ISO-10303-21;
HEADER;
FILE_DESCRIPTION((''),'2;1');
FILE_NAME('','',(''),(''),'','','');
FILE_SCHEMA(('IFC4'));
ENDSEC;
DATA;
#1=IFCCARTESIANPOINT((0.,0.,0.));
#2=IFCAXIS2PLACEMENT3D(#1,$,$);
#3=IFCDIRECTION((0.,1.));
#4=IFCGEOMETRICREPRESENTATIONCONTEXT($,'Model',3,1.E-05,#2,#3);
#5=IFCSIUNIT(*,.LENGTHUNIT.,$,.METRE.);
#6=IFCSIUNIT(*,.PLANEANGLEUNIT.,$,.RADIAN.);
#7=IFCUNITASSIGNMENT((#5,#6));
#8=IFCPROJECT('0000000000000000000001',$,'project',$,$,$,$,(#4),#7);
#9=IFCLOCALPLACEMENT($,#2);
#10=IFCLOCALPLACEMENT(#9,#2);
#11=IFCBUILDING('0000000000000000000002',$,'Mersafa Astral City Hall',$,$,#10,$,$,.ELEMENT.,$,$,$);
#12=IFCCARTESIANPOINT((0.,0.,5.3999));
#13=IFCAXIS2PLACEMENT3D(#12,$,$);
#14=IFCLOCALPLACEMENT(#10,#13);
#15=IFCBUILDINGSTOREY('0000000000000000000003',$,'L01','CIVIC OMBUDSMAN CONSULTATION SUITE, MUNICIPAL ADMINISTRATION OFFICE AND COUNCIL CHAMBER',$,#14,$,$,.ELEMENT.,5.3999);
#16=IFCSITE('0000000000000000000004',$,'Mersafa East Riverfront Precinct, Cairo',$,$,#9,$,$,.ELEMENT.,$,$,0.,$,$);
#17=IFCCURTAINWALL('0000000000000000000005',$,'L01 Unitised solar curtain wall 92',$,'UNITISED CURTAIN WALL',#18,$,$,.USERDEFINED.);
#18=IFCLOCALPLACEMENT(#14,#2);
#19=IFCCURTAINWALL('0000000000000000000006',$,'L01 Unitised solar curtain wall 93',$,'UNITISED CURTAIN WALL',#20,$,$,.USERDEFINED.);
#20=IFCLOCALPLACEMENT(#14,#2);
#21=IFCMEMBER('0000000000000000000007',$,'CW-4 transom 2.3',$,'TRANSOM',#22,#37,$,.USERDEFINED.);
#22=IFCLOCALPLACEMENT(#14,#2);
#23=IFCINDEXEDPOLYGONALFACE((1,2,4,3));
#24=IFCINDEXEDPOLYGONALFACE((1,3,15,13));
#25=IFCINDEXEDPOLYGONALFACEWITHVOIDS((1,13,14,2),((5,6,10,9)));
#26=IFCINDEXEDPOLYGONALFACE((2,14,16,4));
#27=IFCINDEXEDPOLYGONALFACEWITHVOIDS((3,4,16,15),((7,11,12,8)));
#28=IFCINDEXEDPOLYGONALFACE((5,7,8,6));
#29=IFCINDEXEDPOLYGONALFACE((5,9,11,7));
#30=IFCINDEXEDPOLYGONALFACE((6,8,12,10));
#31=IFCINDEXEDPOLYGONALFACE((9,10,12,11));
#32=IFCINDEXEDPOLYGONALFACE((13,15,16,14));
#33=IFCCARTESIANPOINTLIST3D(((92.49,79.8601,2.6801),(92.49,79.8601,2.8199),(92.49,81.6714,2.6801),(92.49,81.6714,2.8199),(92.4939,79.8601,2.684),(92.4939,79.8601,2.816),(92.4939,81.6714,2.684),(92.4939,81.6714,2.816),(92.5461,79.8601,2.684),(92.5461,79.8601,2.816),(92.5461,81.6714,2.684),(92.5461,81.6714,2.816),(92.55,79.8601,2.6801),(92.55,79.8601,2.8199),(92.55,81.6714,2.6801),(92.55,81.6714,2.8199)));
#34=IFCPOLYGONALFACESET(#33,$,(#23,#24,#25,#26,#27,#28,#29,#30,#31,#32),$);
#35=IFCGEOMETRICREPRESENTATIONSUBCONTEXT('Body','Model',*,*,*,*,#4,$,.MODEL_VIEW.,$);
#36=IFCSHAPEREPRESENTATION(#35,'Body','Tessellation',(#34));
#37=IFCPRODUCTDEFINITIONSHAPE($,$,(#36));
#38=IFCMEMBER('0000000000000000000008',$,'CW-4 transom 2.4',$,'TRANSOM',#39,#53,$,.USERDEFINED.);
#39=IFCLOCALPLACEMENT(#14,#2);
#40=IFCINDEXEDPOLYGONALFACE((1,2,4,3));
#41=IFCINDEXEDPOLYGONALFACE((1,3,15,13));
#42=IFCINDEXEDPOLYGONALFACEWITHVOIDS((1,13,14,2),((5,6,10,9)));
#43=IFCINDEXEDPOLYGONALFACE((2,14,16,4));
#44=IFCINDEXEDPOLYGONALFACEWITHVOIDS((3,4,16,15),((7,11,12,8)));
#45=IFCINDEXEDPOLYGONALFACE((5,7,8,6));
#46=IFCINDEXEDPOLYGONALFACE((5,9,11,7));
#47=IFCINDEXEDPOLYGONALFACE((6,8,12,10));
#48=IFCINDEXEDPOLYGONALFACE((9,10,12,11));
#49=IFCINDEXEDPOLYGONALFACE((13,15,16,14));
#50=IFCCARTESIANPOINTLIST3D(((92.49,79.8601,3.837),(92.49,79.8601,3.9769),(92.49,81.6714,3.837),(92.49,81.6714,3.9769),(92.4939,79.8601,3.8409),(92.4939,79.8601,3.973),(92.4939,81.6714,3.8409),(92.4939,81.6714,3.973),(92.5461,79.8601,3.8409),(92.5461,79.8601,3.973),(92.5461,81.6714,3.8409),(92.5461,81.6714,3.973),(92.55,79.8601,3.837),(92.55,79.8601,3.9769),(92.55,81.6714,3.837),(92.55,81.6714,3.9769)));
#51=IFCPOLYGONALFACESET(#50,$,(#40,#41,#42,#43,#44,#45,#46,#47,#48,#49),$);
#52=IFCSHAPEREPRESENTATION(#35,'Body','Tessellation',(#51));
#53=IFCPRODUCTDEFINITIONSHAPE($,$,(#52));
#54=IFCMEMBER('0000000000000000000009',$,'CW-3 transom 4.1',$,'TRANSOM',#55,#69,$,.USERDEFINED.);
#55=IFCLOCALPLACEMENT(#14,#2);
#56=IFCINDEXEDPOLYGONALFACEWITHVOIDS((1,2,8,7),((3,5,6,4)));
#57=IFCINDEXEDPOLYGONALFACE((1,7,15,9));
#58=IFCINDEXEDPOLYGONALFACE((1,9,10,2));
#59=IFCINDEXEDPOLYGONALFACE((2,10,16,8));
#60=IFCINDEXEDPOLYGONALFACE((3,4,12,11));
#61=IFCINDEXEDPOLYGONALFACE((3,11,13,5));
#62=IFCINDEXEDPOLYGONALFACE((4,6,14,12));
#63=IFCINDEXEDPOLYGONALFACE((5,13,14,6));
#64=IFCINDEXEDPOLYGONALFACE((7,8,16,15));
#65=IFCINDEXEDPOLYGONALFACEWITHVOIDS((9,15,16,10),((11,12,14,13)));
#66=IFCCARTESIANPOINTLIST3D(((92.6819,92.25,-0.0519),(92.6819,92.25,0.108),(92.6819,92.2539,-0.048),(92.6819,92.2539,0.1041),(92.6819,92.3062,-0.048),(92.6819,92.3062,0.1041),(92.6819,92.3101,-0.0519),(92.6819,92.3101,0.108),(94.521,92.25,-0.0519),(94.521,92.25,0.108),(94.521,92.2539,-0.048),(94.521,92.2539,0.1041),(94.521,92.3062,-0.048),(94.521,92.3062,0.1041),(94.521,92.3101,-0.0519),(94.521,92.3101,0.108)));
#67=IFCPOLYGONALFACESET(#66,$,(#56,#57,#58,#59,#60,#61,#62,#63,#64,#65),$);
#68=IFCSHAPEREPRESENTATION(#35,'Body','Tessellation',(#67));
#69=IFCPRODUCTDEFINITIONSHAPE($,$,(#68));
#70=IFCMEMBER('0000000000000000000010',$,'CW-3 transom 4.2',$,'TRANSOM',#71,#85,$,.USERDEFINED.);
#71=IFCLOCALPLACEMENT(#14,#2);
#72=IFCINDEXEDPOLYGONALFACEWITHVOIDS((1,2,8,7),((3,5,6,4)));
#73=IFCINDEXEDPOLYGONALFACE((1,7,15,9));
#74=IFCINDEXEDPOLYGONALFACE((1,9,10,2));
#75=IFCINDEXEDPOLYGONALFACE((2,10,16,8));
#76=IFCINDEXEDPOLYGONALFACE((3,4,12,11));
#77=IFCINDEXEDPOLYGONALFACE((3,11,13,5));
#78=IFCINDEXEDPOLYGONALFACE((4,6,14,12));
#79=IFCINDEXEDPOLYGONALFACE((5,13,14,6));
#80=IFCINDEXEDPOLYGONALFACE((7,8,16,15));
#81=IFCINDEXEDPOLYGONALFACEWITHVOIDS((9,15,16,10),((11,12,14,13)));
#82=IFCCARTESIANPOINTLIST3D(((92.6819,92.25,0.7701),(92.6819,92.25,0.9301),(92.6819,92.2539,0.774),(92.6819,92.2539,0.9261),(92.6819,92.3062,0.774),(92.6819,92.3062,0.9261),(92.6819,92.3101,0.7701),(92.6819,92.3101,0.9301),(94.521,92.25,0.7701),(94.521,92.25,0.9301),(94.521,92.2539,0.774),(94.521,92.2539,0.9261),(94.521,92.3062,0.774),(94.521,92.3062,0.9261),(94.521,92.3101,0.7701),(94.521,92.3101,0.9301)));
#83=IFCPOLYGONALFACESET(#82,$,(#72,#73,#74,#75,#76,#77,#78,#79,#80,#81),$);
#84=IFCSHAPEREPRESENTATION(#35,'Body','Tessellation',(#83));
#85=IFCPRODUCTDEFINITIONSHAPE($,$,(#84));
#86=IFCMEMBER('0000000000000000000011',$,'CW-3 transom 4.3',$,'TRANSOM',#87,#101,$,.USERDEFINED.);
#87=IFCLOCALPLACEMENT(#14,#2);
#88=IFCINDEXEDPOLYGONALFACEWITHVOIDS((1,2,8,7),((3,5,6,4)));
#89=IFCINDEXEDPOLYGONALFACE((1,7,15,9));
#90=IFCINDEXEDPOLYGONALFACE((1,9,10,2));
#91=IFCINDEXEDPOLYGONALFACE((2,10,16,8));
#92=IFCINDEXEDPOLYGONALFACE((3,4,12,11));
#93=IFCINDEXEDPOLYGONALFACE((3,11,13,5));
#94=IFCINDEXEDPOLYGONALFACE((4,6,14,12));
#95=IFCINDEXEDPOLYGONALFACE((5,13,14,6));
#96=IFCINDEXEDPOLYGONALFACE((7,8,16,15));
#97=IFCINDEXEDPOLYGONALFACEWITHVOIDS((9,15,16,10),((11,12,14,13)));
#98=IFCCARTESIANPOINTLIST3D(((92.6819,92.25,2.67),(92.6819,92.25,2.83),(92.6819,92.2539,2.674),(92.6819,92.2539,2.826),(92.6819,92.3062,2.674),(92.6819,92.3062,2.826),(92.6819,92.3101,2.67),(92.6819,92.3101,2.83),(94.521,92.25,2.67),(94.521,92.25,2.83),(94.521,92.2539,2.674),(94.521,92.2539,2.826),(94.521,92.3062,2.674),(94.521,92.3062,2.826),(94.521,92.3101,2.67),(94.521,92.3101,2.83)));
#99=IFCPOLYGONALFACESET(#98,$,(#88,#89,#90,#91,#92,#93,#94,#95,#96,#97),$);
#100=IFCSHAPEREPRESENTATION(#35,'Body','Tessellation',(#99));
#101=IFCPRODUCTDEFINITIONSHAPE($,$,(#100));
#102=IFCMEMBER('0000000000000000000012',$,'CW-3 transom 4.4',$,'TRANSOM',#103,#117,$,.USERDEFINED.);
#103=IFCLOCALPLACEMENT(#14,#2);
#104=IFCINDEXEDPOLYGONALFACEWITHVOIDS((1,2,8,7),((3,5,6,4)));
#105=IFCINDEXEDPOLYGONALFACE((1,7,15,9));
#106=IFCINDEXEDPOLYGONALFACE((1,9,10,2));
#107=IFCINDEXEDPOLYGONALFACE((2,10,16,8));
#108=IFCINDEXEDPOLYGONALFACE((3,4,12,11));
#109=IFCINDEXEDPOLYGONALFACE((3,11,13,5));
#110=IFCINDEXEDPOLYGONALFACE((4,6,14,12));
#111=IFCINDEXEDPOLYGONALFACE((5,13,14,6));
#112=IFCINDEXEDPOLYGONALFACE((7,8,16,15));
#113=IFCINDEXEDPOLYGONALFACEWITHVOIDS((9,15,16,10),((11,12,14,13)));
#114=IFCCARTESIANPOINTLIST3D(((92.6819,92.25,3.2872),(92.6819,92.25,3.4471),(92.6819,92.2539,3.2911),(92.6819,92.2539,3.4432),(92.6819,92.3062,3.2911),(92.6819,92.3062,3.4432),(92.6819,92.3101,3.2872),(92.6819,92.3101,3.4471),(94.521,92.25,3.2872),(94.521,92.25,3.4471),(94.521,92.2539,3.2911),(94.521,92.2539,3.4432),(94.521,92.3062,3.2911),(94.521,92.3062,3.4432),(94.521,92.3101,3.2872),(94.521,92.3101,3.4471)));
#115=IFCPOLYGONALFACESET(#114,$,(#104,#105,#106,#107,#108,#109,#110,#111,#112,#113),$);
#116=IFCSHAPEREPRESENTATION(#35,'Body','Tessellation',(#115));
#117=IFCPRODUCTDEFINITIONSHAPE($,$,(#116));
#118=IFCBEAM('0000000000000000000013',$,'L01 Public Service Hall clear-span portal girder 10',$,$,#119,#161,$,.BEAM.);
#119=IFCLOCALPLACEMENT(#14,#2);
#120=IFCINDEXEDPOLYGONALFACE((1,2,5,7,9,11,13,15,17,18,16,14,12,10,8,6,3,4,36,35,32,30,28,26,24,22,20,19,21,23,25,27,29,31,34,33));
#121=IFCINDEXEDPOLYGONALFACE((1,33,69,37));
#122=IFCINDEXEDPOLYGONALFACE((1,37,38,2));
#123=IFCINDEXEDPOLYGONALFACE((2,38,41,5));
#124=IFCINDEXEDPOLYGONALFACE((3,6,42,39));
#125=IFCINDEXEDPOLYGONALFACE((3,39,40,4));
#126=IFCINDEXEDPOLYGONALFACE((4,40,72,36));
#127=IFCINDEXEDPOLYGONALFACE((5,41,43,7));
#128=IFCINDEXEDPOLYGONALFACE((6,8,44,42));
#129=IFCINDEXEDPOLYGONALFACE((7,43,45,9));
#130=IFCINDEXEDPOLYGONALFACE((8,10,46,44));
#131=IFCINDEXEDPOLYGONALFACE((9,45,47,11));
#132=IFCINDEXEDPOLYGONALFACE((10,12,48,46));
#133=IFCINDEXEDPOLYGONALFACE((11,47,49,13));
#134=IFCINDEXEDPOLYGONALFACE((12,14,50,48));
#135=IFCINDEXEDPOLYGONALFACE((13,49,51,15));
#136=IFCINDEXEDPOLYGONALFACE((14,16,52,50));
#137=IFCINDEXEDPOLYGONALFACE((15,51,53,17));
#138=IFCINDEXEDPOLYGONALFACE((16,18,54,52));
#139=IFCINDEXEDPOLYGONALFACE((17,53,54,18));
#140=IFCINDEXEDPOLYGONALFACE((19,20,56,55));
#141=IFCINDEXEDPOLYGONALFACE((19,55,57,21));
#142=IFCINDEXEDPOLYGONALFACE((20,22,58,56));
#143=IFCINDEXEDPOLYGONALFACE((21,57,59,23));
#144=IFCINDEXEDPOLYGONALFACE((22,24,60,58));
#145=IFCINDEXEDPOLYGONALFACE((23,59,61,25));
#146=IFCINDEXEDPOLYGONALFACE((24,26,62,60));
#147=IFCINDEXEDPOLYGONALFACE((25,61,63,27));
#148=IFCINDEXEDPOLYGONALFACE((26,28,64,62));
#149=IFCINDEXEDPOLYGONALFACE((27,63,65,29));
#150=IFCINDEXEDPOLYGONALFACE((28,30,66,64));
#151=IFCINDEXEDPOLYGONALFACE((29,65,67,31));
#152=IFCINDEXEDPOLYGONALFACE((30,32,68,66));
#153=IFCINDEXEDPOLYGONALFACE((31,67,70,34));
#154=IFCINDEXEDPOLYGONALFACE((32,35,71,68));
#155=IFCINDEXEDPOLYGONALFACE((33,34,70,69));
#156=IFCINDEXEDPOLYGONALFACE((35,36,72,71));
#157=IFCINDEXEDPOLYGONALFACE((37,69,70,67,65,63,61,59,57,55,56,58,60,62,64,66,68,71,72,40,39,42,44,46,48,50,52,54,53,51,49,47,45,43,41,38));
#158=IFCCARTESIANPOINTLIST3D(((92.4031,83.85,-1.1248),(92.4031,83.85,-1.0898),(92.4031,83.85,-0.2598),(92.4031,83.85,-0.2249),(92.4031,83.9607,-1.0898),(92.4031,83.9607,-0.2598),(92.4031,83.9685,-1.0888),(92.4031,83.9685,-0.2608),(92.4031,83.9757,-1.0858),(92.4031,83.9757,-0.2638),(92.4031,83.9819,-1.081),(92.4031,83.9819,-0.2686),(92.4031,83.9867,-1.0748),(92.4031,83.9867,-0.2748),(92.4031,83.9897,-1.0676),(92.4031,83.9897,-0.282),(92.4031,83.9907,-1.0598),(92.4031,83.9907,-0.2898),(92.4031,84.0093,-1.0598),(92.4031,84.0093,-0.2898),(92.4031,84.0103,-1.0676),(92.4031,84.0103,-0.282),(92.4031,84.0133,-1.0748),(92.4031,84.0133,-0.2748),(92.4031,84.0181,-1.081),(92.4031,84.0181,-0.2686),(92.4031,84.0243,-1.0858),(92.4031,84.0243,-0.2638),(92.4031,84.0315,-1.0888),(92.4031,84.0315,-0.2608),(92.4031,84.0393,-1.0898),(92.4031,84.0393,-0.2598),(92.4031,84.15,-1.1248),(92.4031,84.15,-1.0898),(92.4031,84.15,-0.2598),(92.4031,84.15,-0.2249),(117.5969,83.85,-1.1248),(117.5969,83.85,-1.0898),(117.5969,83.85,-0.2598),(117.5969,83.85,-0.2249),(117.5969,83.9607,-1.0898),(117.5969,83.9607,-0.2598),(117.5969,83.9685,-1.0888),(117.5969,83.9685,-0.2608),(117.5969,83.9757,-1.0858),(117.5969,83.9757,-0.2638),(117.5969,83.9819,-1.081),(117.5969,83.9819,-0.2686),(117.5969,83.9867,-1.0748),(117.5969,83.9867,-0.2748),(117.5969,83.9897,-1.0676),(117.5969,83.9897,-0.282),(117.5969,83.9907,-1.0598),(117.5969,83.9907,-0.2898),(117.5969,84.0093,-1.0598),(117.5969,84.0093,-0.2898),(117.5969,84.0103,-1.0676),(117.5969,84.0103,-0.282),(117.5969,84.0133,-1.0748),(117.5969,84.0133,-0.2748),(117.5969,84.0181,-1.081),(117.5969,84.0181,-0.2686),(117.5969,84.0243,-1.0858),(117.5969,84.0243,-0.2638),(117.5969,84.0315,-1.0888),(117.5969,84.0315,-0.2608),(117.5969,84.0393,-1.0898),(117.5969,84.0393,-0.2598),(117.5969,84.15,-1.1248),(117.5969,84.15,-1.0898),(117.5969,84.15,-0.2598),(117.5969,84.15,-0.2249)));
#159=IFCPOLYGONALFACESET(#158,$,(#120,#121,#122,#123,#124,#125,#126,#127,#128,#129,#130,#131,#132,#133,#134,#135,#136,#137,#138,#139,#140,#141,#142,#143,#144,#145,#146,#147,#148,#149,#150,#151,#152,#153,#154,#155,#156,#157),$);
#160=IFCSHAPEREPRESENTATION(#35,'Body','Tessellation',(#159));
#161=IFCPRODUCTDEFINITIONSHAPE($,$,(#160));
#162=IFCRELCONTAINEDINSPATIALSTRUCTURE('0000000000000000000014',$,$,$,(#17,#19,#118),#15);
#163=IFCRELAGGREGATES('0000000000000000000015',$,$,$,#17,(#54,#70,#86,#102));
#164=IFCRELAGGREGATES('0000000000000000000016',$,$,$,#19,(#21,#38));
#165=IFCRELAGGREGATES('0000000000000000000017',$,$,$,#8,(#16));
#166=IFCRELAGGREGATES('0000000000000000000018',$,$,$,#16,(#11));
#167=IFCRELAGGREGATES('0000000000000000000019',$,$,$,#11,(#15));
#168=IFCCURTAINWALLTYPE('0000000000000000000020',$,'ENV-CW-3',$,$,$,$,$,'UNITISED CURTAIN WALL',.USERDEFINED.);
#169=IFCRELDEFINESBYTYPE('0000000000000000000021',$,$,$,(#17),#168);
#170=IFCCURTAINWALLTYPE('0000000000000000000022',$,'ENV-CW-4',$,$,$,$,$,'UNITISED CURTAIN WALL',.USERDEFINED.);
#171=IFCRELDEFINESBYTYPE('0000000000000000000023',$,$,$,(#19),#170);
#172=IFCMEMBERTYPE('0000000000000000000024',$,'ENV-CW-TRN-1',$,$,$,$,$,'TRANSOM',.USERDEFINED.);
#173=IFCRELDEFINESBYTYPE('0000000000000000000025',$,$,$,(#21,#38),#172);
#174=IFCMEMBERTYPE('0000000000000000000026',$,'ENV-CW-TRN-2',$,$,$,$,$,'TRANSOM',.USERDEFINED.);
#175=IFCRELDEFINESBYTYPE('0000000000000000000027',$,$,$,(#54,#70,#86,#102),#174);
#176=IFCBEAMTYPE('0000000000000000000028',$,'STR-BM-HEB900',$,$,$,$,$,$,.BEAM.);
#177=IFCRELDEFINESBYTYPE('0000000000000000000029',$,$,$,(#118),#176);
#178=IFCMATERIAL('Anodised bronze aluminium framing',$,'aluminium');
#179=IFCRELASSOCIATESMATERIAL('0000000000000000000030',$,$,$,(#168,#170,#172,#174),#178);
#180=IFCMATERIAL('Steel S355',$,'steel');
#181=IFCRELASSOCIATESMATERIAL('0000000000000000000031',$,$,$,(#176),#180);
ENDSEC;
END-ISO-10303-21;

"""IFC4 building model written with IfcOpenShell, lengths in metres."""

from ifc_helpers import new_model, si_unit, direction, frame, origin, origin_2d, place, context, subcontext, project, spatial, hollow_rectangle, i_section, extrude, material, material_profile, profile_set, type_object, element, aggregate, save


model = new_model("IFC4")

# Units and contexts
model_context = context("Model", 3, precision=1e-05, world=origin(), true_north=direction((0.0, 1.0)))
body_context = subcontext(model_context, "Body", "Model", "MODEL_VIEW")
ifc_project = project(units=[si_unit("LENGTHUNIT", "METRE"), si_unit("PLANEANGLEUNIT", "RADIAN")], contexts=[model_context])

# Site, building, storey
site_placement = place(None, origin())
site = spatial("IfcSite", under=ifc_project, at=site_placement, Name="Mersafa East Riverfront Precinct, Cairo", CompositionType="ELEMENT", RefElevation=0.0)
building_placement = place(site_placement, origin())
building = spatial("IfcBuilding", under=site, at=building_placement, Name="Mersafa Astral City Hall", CompositionType="ELEMENT")
storey_placement = place(building_placement, frame((0.0, 0.0, 5.3999)))
storey = spatial("IfcBuildingStorey", under=building, at=storey_placement, Name="L01", Description="CIVIC OMBUDSMAN CONSULTATION SUITE, MUNICIPAL ADMINISTRATION OFFICE AND COUNCIL CHAMBER", CompositionType="ELEMENT", Elevation=5.3999)

# Shared definitions
ifc_material_1 = material(Name="Steel S355", Category="steel")

# Curtain walls, members
ifc_material_2 = material(Name="Anodised bronze aluminium framing", Category="aluminium")
curtain_wall_type_1 = type_object("IfcCurtainWallType", Name="ENV-CW-3", ElementType="UNITISED CURTAIN WALL", PredefinedType="USERDEFINED", material=ifc_material_2)
curtain_wall_1_placement = place(storey_placement, origin())
curtain_wall_1 = element("IfcCurtainWall", 1, at=curtain_wall_1_placement, inside=storey, type_object=curtain_wall_type_1, Name="L01 Unitised solar curtain wall 92", ObjectType="UNITISED CURTAIN WALL", PredefinedType="USERDEFINED")
curtain_wall_type_2 = type_object("IfcCurtainWallType", Name="ENV-CW-4", ElementType="UNITISED CURTAIN WALL", PredefinedType="USERDEFINED", material=ifc_material_2)
curtain_wall_2_placement = place(storey_placement, origin())
curtain_wall_2 = element("IfcCurtainWall", 2, at=curtain_wall_2_placement, inside=storey, type_object=curtain_wall_type_2, Name="L01 Unitised solar curtain wall 93", ObjectType="UNITISED CURTAIN WALL", PredefinedType="USERDEFINED")
ifc_material_profile_1 = material_profile(ifc_material_2, hollow_rectangle(XDim=0.0601, YDim=0.1399, WallThickness=0.0039, at=origin_2d()), Name="RHS 60x140x4")
ifc_profile_set_1 = profile_set([ifc_material_profile_1], Name="Anodised bronze aluminium framing")
member_type_1 = type_object("IfcMemberType", Name="ENV-CW-TRN-1", ElementType="TRANSOM", PredefinedType="USERDEFINED", material=ifc_profile_set_1)
member_1_placement = place(storey_placement, frame((92.52, 81.6714, 2.75), z_axis=(0.0, -1.0, 0.0), x_axis=(1.0, 0.0, 0.0)))
member_1 = element("IfcMember", 3, at=member_1_placement, type_object=member_type_1, Name="CW-4 transom 2.3", ObjectType="TRANSOM", PredefinedType="USERDEFINED", context=body_context, shape_type="SweptSolid", body=[
    extrude(hollow_rectangle(XDim=0.0601, YDim=0.1399, WallThickness=0.0039, at=origin_2d()), origin(), (0.0, 0.0, 1.0), 1.8113),
])
member_2_placement = place(storey_placement, frame((92.52, 81.6714, 3.907), z_axis=(0.0, -1.0, 0.0), x_axis=(1.0, 0.0, 0.0)))
member_2 = element("IfcMember", 4, at=member_2_placement, type_object=member_type_1, Name="CW-4 transom 2.4", ObjectType="TRANSOM", PredefinedType="USERDEFINED", context=body_context, shape_type="SweptSolid", body=[
    extrude(hollow_rectangle(XDim=0.0601, YDim=0.1399, WallThickness=0.0039, at=origin_2d()), origin(), (0.0, 0.0, 1.0), 1.8113),
])

# Members
ifc_material_profile_2 = material_profile(ifc_material_2, hollow_rectangle(XDim=0.0601, YDim=0.1599, WallThickness=0.0039, at=origin_2d()), Name="RHS 60x160x4")
ifc_profile_set_2 = profile_set([ifc_material_profile_2], Name="Anodised bronze aluminium framing")
member_type_2 = type_object("IfcMemberType", Name="ENV-CW-TRN-2", ElementType="TRANSOM", PredefinedType="USERDEFINED", material=ifc_profile_set_2)
member_3_placement = place(storey_placement, frame((94.521, 92.28, 0.0281), z_axis=(-1.0, 0.0, 0.0), x_axis=(0.0, -1.0, 0.0)))
member_3 = element("IfcMember", 5, at=member_3_placement, type_object=member_type_2, Name="CW-3 transom 4.1", ObjectType="TRANSOM", PredefinedType="USERDEFINED", context=body_context, shape_type="SweptSolid", body=[
    extrude(hollow_rectangle(XDim=0.0601, YDim=0.1599, WallThickness=0.0039, at=origin_2d()), origin(), (0.0, 0.0, 1.0), 1.8391),
])
member_4_placement = place(storey_placement, frame((94.521, 92.28, 0.8501), z_axis=(-1.0, 0.0, 0.0), x_axis=(0.0, -1.0, 0.0)))
member_4 = element("IfcMember", 6, at=member_4_placement, type_object=member_type_2, Name="CW-3 transom 4.2", ObjectType="TRANSOM", PredefinedType="USERDEFINED", context=body_context, shape_type="SweptSolid", body=[
    extrude(hollow_rectangle(XDim=0.0601, YDim=0.1599, WallThickness=0.0039, at=origin_2d()), origin(), (0.0, 0.0, 1.0), 1.8391),
])
member_5_placement = place(storey_placement, frame((94.521, 92.28, 2.75), z_axis=(-1.0, 0.0, 0.0), x_axis=(0.0, -1.0, 0.0)))
member_5 = element("IfcMember", 7, at=member_5_placement, type_object=member_type_2, Name="CW-3 transom 4.3", ObjectType="TRANSOM", PredefinedType="USERDEFINED", context=body_context, shape_type="SweptSolid", body=[
    extrude(hollow_rectangle(XDim=0.0601, YDim=0.1599, WallThickness=0.0039, at=origin_2d()), origin(), (0.0, 0.0, 1.0), 1.8391),
])
member_6_placement = place(storey_placement, frame((94.521, 92.28, 3.3672), z_axis=(-1.0, 0.0, 0.0), x_axis=(0.0, -1.0, 0.0)))
member_6 = element("IfcMember", 8, at=member_6_placement, type_object=member_type_2, Name="CW-3 transom 4.4", ObjectType="TRANSOM", PredefinedType="USERDEFINED", context=body_context, shape_type="SweptSolid", body=[
    extrude(hollow_rectangle(XDim=0.0601, YDim=0.1599, WallThickness=0.0039, at=origin_2d()), origin(), (0.0, 0.0, 1.0), 1.8391),
])

# Beam
ifc_material_profile_3 = material_profile(ifc_material_1, i_section(OverallWidth=0.3, OverallDepth=0.8999, WebThickness=0.0186, FlangeThickness=0.0349, FilletRadius=0.03, at=origin_2d()), Name="HEB 900")
ifc_profile_set_3 = profile_set([ifc_material_profile_3], Name="Steel S355")
beam_type_1 = type_object("IfcBeamType", Name="STR-BM-HEB900", PredefinedType="BEAM", material=ifc_profile_set_3)
beam_1_placement = place(storey_placement, frame((92.4031, 84.0, -0.6748), z_axis=(1.0, 0.0, 0.0), x_axis=(0.0, 1.0, 0.0)))
element("IfcBeam", 9, at=beam_1_placement, inside=storey, type_object=beam_type_1, Name="L01 Public Service Hall clear-span portal girder 10", PredefinedType="BEAM", context=body_context, shape_type="SweptSolid", body=[
    extrude(i_section(OverallWidth=0.3, OverallDepth=0.8999, WebThickness=0.0186, FlangeThickness=0.0349, FilletRadius=0.03, at=origin_2d()), origin(), (0.0, 0.0, 1.0), 25.1938),
])

aggregate(curtain_wall_1, [member_3, member_4, member_5, member_6])
aggregate(curtain_wall_2, [member_1, member_2])

save(model, "model.ifc")
